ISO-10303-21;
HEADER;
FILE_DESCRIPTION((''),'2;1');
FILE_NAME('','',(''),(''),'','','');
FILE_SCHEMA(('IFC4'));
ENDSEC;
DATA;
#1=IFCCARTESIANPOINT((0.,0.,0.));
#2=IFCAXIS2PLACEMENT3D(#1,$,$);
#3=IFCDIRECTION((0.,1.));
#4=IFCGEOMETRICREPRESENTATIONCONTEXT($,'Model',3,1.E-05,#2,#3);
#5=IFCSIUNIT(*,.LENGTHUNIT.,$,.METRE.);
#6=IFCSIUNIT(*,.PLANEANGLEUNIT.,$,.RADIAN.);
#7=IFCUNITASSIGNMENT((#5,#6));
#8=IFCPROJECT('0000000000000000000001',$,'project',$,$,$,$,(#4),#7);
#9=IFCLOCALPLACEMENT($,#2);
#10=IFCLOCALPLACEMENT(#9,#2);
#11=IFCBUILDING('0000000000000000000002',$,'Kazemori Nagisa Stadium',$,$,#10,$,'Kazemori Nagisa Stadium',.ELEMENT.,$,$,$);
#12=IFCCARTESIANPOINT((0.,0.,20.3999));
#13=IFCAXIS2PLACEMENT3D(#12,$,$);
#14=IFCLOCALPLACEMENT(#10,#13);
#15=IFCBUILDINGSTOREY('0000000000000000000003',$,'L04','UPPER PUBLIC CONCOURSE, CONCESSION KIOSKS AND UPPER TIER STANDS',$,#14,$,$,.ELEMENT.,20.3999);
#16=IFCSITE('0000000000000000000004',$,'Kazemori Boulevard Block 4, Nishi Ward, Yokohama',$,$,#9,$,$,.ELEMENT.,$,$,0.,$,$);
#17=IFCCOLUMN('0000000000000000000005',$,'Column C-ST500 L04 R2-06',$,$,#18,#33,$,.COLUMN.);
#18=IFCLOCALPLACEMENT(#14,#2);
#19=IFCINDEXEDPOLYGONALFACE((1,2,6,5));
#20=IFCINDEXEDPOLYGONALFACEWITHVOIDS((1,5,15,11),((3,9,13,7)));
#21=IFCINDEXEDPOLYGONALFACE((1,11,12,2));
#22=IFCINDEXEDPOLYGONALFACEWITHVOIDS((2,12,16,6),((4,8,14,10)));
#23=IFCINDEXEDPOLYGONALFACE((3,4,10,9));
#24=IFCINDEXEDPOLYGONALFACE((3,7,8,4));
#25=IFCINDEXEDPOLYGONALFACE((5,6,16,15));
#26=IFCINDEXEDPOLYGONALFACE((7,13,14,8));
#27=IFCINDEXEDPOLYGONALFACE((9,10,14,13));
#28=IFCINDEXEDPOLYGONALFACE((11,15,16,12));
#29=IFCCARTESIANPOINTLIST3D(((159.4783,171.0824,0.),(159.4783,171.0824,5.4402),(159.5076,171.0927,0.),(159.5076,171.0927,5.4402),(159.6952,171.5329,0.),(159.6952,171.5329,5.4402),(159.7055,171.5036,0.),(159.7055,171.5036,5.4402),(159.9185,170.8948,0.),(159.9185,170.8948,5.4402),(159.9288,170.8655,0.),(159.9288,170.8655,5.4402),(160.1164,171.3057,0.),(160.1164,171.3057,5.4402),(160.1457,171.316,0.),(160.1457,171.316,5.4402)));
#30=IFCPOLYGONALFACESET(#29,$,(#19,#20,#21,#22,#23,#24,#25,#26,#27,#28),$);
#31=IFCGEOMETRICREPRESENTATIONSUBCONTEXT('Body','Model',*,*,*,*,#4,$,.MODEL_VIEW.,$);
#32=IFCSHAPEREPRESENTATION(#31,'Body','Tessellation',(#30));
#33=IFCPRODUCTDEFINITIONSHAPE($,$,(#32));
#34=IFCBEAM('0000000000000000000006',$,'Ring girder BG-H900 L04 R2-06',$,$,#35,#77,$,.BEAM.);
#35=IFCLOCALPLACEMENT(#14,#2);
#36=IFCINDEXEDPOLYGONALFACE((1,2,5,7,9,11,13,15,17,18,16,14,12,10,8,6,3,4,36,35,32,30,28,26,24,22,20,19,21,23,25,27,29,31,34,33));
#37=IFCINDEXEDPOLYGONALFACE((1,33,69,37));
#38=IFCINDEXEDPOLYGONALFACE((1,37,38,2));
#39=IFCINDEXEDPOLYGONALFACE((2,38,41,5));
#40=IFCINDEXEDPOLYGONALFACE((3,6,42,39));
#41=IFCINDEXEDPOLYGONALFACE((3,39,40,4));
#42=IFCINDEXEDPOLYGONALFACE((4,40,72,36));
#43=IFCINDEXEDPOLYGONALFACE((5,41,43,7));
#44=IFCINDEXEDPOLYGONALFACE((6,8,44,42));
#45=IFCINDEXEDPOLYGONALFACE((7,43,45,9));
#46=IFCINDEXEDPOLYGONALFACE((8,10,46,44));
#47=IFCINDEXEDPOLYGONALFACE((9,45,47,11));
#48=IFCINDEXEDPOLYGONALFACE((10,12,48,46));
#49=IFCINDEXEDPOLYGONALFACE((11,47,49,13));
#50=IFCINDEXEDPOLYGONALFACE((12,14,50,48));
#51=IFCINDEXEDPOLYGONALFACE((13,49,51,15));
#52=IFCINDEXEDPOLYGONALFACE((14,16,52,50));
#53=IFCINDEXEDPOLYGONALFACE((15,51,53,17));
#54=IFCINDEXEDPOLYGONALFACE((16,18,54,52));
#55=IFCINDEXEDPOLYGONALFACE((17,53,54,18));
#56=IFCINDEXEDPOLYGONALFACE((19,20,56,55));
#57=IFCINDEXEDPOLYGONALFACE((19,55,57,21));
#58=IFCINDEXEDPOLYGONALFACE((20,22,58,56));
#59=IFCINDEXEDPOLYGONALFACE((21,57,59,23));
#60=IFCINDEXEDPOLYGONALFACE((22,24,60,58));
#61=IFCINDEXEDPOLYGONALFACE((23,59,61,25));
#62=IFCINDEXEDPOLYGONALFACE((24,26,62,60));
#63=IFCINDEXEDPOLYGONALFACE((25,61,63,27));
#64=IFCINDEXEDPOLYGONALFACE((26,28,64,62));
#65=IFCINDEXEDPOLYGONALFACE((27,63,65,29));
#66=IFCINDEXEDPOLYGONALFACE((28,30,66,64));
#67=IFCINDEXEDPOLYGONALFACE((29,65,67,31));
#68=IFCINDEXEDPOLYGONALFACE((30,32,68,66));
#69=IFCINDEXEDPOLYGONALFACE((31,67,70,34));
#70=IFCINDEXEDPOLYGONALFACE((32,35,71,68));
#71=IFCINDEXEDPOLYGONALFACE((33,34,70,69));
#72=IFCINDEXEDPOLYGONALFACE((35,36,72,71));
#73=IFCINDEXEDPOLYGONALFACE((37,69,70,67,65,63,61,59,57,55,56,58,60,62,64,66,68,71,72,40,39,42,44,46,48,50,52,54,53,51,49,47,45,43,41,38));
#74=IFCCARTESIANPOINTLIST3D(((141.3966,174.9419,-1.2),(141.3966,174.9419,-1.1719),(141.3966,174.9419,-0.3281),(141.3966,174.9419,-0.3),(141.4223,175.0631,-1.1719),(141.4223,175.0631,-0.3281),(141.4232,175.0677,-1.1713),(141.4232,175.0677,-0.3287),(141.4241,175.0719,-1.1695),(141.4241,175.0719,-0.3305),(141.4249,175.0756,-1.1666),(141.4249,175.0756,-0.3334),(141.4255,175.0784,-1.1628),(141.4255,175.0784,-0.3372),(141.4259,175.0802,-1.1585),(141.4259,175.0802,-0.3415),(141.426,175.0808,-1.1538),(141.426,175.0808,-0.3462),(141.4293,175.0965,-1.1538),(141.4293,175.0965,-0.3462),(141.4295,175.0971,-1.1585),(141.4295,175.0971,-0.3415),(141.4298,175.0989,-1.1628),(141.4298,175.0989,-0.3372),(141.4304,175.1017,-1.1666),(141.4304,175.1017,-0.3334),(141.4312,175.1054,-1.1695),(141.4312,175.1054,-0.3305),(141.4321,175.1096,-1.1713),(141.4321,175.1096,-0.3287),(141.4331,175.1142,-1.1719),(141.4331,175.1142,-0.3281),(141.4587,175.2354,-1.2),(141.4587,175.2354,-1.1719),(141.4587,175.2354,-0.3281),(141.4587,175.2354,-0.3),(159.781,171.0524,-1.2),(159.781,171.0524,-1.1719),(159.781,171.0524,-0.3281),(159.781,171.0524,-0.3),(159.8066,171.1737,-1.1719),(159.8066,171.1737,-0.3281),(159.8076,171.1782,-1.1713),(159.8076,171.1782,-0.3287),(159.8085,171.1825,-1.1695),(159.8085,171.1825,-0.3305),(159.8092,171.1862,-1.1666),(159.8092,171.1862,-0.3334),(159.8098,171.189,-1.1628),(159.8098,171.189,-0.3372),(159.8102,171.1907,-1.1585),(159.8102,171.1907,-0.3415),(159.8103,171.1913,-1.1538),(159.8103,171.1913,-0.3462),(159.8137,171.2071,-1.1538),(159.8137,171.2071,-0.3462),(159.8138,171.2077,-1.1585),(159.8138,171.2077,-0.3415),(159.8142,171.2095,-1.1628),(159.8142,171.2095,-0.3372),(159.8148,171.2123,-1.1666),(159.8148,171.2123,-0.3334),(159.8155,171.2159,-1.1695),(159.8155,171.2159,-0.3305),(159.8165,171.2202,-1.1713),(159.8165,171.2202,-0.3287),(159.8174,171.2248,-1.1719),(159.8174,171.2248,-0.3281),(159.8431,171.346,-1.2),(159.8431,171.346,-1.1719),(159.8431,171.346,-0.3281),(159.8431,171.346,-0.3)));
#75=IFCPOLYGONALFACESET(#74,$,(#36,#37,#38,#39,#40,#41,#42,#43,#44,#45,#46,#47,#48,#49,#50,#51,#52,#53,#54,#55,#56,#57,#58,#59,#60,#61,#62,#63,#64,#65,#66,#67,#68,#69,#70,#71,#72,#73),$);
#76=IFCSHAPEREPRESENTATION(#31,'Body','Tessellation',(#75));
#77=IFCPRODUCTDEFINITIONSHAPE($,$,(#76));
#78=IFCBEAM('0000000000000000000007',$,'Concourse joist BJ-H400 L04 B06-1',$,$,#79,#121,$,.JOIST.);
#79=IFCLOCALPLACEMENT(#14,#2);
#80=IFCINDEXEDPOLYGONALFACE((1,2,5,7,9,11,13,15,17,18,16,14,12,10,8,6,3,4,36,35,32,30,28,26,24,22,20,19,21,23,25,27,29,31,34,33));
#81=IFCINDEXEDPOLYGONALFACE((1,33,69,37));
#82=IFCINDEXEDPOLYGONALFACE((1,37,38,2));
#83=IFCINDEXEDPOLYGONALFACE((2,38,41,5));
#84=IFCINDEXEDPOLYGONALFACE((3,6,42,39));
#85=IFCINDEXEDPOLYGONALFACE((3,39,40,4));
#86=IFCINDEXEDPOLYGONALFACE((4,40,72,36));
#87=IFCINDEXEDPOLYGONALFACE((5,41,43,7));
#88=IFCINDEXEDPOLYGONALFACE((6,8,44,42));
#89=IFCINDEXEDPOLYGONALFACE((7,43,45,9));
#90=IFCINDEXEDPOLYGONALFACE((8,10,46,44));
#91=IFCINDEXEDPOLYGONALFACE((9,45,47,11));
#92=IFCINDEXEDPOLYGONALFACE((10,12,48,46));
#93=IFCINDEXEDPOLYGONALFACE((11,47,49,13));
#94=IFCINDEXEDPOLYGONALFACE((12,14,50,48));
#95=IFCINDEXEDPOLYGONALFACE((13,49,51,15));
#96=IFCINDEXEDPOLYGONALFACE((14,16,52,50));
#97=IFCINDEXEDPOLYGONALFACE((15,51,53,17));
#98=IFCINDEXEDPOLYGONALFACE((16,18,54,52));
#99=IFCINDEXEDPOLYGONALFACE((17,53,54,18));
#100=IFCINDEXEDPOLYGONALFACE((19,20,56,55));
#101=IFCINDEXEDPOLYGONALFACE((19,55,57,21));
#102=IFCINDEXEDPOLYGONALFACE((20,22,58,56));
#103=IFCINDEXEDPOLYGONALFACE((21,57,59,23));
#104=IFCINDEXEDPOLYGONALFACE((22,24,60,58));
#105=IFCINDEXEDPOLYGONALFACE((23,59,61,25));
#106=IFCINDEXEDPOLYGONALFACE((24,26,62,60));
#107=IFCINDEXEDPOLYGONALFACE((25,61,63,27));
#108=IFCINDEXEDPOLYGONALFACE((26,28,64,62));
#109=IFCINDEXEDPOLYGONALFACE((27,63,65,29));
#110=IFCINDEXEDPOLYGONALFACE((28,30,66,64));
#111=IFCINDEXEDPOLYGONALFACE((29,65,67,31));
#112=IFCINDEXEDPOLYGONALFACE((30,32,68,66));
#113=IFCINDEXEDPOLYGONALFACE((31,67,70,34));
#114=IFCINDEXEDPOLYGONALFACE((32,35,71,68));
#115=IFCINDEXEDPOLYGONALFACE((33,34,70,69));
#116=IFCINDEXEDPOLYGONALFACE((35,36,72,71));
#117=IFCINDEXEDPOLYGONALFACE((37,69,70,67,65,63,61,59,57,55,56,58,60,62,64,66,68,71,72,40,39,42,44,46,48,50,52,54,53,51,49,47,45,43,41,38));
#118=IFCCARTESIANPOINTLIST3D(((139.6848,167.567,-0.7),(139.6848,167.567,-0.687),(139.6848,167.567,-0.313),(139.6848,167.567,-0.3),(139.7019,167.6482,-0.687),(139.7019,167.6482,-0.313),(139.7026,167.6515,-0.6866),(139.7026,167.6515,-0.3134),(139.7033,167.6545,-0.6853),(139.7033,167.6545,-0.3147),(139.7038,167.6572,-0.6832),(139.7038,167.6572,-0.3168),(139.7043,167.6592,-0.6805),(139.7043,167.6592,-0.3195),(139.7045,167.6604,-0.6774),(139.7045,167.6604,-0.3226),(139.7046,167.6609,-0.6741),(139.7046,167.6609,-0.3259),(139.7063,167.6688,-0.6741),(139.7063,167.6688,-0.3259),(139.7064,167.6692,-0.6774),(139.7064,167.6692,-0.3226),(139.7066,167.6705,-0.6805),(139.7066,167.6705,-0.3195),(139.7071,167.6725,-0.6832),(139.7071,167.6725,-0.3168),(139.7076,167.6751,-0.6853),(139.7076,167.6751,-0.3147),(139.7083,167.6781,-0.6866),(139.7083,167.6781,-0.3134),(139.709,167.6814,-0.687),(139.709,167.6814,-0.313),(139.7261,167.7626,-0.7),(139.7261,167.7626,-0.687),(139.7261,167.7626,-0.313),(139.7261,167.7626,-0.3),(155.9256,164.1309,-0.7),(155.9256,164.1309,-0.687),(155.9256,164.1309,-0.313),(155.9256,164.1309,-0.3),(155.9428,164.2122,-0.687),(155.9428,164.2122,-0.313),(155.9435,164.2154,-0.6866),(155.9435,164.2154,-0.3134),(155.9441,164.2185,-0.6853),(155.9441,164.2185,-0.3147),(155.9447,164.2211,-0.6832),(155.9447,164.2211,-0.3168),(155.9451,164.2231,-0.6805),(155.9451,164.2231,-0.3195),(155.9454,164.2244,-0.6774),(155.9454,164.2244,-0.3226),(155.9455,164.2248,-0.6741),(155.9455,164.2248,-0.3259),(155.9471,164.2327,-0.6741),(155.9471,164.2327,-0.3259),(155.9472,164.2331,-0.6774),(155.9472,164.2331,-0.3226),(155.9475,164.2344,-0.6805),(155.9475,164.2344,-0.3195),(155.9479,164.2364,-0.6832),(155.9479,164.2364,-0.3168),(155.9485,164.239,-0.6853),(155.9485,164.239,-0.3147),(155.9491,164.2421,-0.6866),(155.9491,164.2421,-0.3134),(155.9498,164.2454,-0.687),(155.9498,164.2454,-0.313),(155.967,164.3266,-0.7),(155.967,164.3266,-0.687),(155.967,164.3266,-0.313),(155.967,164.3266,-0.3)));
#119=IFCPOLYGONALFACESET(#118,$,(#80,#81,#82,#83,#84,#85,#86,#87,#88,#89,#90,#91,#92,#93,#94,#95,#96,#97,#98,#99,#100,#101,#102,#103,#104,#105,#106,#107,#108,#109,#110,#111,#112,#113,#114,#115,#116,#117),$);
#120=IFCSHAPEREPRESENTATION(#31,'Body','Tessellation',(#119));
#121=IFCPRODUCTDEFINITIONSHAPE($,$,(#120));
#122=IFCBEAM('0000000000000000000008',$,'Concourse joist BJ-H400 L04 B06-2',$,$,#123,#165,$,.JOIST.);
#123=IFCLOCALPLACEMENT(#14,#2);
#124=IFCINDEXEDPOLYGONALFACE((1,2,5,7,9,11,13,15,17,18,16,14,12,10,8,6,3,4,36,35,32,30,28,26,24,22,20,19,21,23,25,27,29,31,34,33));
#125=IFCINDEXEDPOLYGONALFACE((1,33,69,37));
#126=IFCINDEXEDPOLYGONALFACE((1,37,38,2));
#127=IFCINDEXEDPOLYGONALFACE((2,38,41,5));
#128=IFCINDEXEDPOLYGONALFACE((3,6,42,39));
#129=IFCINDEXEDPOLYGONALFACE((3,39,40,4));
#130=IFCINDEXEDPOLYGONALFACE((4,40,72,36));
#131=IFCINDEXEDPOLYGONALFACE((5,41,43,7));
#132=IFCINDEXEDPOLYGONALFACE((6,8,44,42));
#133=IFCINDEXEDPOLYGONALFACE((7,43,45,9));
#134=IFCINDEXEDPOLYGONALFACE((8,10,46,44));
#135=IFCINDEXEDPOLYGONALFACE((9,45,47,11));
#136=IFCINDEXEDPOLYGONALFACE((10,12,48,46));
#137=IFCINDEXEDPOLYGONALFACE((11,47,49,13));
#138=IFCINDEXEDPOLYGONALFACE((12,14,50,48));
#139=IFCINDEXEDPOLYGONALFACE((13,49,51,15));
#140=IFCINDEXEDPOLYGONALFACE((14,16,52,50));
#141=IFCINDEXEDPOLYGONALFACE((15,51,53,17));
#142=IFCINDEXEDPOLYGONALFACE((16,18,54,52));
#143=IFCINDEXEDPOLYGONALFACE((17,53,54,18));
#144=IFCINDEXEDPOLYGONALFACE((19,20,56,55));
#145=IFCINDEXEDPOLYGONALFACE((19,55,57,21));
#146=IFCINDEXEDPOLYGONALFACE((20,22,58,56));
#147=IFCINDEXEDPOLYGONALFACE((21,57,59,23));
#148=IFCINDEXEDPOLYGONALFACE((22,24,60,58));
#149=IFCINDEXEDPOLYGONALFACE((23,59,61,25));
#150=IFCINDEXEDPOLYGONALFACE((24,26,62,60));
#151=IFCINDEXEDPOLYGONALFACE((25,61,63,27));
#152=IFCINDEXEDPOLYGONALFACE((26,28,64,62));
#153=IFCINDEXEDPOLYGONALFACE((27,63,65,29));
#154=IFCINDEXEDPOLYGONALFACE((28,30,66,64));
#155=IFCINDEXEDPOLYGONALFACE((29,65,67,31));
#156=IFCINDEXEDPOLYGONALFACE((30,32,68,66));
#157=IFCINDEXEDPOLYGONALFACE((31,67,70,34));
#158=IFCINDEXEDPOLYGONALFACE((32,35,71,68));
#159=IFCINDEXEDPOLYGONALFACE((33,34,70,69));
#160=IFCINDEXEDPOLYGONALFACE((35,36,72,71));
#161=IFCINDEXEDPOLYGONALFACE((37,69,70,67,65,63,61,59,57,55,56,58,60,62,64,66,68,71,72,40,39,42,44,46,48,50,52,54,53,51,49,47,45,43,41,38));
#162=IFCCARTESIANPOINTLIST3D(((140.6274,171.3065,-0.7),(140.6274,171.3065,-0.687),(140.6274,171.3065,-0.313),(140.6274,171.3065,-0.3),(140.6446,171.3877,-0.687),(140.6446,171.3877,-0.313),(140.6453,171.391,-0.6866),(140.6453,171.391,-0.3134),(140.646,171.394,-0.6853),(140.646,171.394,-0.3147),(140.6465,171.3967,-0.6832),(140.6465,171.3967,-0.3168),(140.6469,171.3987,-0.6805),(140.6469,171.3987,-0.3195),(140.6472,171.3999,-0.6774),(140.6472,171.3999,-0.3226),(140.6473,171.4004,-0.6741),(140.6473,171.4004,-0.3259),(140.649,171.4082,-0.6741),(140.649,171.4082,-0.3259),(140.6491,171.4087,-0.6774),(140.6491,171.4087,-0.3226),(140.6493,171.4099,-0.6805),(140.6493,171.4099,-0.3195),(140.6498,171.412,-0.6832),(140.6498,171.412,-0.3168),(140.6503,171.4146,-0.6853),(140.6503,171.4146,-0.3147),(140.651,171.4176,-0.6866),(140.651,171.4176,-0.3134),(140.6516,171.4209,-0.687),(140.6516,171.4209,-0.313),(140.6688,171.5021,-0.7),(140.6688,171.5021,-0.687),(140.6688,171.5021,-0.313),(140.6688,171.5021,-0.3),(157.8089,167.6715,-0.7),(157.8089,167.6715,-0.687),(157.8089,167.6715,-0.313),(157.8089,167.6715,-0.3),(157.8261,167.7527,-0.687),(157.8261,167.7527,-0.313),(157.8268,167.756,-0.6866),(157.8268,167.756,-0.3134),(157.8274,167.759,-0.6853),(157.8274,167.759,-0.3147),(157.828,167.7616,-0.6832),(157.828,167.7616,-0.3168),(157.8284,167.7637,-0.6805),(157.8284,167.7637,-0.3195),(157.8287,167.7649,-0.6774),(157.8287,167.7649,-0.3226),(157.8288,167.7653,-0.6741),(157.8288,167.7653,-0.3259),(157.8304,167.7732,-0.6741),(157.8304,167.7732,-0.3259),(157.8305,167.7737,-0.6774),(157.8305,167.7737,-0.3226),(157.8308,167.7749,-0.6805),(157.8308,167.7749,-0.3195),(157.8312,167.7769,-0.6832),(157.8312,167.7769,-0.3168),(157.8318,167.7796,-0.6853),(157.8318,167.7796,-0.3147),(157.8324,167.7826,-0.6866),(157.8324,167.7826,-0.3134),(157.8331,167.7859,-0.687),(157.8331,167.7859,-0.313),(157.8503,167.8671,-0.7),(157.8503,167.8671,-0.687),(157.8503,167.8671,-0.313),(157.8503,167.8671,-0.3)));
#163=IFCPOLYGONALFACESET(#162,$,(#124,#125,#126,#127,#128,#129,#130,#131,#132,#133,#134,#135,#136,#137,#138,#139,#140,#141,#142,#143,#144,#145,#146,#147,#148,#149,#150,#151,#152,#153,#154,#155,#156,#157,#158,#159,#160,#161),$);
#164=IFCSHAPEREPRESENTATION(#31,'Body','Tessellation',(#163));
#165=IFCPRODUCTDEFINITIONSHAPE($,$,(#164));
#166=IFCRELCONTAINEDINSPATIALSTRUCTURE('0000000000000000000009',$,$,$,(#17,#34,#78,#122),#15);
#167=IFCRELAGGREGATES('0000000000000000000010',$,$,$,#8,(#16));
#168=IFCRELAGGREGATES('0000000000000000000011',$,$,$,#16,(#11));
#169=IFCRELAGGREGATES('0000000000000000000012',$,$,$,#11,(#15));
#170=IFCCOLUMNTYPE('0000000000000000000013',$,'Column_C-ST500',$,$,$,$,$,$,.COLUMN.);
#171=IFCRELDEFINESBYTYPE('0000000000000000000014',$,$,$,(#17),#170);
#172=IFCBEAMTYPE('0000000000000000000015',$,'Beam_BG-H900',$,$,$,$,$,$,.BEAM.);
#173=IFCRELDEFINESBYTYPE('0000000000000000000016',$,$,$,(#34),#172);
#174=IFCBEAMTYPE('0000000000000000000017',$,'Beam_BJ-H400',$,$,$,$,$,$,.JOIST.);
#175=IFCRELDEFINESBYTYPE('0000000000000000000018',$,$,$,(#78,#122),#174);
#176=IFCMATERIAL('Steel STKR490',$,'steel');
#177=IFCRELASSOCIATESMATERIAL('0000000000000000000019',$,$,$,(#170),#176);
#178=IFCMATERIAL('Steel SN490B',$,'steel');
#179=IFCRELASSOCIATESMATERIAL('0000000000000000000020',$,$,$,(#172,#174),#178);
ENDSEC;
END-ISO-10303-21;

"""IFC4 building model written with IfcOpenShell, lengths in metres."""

from ifc_helpers import new_model, si_unit, direction, frame, origin, origin_2d, place, context, subcontext, project, spatial, hollow_rectangle, i_section, extrude, material, material_profile, profile_set, type_object, element, save


model = new_model("IFC4")

# Units and contexts
model_context = context("Model", 3, precision=1e-05, world=origin(), true_north=direction((0.0, 1.0)))
body_context = subcontext(model_context, "Body", "Model", "MODEL_VIEW")
ifc_project = project(units=[si_unit("LENGTHUNIT", "METRE"), si_unit("PLANEANGLEUNIT", "RADIAN")], contexts=[model_context])

# Site, building, storey
site_placement = place(None, origin())
site = spatial("IfcSite", under=ifc_project, at=site_placement, Name="Kazemori Boulevard Block 4, Nishi Ward, Yokohama", CompositionType="ELEMENT", RefElevation=0.0)
building_placement = place(site_placement, origin())
building = spatial("IfcBuilding", under=site, at=building_placement, Name="Kazemori Nagisa Stadium", LongName="Kazemori Nagisa Stadium", CompositionType="ELEMENT")
storey_placement = place(building_placement, frame((0.0, 0.0, 20.3999)))
storey = spatial("IfcBuildingStorey", under=building, at=storey_placement, Name="L04", Description="UPPER PUBLIC CONCOURSE, CONCESSION KIOSKS AND UPPER TIER STANDS", CompositionType="ELEMENT", Elevation=20.3999)

# Column
ifc_material_1 = material(Name="Steel STKR490", Category="steel")
ifc_material_profile_1 = material_profile(ifc_material_1, hollow_rectangle(XDim=0.5, YDim=0.5, WallThickness=0.022, at=origin_2d()), Name="SHS-500x500x22")
ifc_profile_set_1 = profile_set([ifc_material_profile_1], Name="Steel STKR490")
column_type = type_object("IfcColumnType", Name="Column_C-ST500", PredefinedType="COLUMN", material=ifc_profile_set_1)
column_placement = place(storey_placement, frame((159.812, 171.1992, 0.0), z_axis=(0.0, 0.0, 1.0), x_axis=(0.433884, 0.900969, 0.0)))
element("IfcColumn", 1, at=column_placement, inside=storey, type_object=column_type, Name="Column C-ST500 L04 R2-06", PredefinedType="COLUMN", context=body_context, shape_type="SweptSolid", body=[
    extrude(hollow_rectangle(XDim=0.5, YDim=0.5, WallThickness=0.022, at=origin_2d()), origin(), (0.0, 0.0, 1.0), 5.4402),
])

# Beams
ifc_material_2 = material(Name="Steel SN490B", Category="steel")
ifc_material_profile_2 = material_profile(ifc_material_2, i_section(OverallWidth=0.3, OverallDepth=0.8999, WebThickness=0.0161, FlangeThickness=0.0281, FilletRadius=0.0181, at=origin_2d()), Name="H-900x300x16x28")
ifc_profile_set_2 = profile_set([ifc_material_profile_2], Name="Steel SN490B")
beam_type_1 = type_object("IfcBeamType", Name="Beam_BG-H900", PredefinedType="BEAM", material=ifc_profile_set_2)
beam_1_placement = place(storey_placement, frame((159.812, 171.1992, -0.75), z_axis=(-0.978345, 0.20698, 0.0), x_axis=(-0.20698, -0.978345, 0.0)))
element("IfcBeam", 2, at=beam_1_placement, inside=storey, type_object=beam_type_1, Name="Ring girder BG-H900 L04 R2-06", PredefinedType="BEAM", context=body_context, shape_type="SweptSolid", body=[
    extrude(i_section(OverallWidth=0.3, OverallDepth=0.8999, WebThickness=0.0161, FlangeThickness=0.0281, FilletRadius=0.0181, at=origin_2d()), origin(), (0.0, 0.0, 1.0), 18.7913),
])
ifc_material_profile_3 = material_profile(ifc_material_2, i_section(OverallWidth=0.2, OverallDepth=0.3999, WebThickness=0.0081, FlangeThickness=0.0129, FilletRadius=0.0129, at=origin_2d()), Name="H-400x200x8x13")
ifc_profile_set_3 = profile_set([ifc_material_profile_3], Name="Steel SN490B")
beam_type_2 = type_object("IfcBeamType", Name="Beam_BJ-H400", PredefinedType="JOIST", material=ifc_profile_set_3)
beam_2_placement = place(storey_placement, frame((155.9463, 164.2288, -0.5), z_axis=(-0.978344, 0.206987, 0.0), x_axis=(-0.206987, -0.978344, 0.0)))
element("IfcBeam", 3, at=beam_2_placement, inside=storey, type_object=beam_type_2, Name="Concourse joist BJ-H400 L04 B06-1", PredefinedType="JOIST", context=body_context, shape_type="SweptSolid", body=[
    extrude(i_section(OverallWidth=0.2, OverallDepth=0.3999, WebThickness=0.0081, FlangeThickness=0.0129, FilletRadius=0.0129, at=origin_2d()), origin(), (0.0, 0.0, 1.0), 16.6003),
])
beam_3_placement = place(storey_placement, frame((157.8296, 167.7693, -0.5), z_axis=(-0.978344, 0.206985, 0.0), x_axis=(-0.206985, -0.978344, 0.0)))
element("IfcBeam", 4, at=beam_3_placement, inside=storey, type_object=beam_type_2, Name="Concourse joist BJ-H400 L04 B06-2", PredefinedType="JOIST", context=body_context, shape_type="SweptSolid", body=[
    extrude(i_section(OverallWidth=0.2, OverallDepth=0.3999, WebThickness=0.0081, FlangeThickness=0.0129, FilletRadius=0.0129, at=origin_2d()), origin(), (0.0, 0.0, 1.0), 17.5618),
])

save(model, "model.ifc")
